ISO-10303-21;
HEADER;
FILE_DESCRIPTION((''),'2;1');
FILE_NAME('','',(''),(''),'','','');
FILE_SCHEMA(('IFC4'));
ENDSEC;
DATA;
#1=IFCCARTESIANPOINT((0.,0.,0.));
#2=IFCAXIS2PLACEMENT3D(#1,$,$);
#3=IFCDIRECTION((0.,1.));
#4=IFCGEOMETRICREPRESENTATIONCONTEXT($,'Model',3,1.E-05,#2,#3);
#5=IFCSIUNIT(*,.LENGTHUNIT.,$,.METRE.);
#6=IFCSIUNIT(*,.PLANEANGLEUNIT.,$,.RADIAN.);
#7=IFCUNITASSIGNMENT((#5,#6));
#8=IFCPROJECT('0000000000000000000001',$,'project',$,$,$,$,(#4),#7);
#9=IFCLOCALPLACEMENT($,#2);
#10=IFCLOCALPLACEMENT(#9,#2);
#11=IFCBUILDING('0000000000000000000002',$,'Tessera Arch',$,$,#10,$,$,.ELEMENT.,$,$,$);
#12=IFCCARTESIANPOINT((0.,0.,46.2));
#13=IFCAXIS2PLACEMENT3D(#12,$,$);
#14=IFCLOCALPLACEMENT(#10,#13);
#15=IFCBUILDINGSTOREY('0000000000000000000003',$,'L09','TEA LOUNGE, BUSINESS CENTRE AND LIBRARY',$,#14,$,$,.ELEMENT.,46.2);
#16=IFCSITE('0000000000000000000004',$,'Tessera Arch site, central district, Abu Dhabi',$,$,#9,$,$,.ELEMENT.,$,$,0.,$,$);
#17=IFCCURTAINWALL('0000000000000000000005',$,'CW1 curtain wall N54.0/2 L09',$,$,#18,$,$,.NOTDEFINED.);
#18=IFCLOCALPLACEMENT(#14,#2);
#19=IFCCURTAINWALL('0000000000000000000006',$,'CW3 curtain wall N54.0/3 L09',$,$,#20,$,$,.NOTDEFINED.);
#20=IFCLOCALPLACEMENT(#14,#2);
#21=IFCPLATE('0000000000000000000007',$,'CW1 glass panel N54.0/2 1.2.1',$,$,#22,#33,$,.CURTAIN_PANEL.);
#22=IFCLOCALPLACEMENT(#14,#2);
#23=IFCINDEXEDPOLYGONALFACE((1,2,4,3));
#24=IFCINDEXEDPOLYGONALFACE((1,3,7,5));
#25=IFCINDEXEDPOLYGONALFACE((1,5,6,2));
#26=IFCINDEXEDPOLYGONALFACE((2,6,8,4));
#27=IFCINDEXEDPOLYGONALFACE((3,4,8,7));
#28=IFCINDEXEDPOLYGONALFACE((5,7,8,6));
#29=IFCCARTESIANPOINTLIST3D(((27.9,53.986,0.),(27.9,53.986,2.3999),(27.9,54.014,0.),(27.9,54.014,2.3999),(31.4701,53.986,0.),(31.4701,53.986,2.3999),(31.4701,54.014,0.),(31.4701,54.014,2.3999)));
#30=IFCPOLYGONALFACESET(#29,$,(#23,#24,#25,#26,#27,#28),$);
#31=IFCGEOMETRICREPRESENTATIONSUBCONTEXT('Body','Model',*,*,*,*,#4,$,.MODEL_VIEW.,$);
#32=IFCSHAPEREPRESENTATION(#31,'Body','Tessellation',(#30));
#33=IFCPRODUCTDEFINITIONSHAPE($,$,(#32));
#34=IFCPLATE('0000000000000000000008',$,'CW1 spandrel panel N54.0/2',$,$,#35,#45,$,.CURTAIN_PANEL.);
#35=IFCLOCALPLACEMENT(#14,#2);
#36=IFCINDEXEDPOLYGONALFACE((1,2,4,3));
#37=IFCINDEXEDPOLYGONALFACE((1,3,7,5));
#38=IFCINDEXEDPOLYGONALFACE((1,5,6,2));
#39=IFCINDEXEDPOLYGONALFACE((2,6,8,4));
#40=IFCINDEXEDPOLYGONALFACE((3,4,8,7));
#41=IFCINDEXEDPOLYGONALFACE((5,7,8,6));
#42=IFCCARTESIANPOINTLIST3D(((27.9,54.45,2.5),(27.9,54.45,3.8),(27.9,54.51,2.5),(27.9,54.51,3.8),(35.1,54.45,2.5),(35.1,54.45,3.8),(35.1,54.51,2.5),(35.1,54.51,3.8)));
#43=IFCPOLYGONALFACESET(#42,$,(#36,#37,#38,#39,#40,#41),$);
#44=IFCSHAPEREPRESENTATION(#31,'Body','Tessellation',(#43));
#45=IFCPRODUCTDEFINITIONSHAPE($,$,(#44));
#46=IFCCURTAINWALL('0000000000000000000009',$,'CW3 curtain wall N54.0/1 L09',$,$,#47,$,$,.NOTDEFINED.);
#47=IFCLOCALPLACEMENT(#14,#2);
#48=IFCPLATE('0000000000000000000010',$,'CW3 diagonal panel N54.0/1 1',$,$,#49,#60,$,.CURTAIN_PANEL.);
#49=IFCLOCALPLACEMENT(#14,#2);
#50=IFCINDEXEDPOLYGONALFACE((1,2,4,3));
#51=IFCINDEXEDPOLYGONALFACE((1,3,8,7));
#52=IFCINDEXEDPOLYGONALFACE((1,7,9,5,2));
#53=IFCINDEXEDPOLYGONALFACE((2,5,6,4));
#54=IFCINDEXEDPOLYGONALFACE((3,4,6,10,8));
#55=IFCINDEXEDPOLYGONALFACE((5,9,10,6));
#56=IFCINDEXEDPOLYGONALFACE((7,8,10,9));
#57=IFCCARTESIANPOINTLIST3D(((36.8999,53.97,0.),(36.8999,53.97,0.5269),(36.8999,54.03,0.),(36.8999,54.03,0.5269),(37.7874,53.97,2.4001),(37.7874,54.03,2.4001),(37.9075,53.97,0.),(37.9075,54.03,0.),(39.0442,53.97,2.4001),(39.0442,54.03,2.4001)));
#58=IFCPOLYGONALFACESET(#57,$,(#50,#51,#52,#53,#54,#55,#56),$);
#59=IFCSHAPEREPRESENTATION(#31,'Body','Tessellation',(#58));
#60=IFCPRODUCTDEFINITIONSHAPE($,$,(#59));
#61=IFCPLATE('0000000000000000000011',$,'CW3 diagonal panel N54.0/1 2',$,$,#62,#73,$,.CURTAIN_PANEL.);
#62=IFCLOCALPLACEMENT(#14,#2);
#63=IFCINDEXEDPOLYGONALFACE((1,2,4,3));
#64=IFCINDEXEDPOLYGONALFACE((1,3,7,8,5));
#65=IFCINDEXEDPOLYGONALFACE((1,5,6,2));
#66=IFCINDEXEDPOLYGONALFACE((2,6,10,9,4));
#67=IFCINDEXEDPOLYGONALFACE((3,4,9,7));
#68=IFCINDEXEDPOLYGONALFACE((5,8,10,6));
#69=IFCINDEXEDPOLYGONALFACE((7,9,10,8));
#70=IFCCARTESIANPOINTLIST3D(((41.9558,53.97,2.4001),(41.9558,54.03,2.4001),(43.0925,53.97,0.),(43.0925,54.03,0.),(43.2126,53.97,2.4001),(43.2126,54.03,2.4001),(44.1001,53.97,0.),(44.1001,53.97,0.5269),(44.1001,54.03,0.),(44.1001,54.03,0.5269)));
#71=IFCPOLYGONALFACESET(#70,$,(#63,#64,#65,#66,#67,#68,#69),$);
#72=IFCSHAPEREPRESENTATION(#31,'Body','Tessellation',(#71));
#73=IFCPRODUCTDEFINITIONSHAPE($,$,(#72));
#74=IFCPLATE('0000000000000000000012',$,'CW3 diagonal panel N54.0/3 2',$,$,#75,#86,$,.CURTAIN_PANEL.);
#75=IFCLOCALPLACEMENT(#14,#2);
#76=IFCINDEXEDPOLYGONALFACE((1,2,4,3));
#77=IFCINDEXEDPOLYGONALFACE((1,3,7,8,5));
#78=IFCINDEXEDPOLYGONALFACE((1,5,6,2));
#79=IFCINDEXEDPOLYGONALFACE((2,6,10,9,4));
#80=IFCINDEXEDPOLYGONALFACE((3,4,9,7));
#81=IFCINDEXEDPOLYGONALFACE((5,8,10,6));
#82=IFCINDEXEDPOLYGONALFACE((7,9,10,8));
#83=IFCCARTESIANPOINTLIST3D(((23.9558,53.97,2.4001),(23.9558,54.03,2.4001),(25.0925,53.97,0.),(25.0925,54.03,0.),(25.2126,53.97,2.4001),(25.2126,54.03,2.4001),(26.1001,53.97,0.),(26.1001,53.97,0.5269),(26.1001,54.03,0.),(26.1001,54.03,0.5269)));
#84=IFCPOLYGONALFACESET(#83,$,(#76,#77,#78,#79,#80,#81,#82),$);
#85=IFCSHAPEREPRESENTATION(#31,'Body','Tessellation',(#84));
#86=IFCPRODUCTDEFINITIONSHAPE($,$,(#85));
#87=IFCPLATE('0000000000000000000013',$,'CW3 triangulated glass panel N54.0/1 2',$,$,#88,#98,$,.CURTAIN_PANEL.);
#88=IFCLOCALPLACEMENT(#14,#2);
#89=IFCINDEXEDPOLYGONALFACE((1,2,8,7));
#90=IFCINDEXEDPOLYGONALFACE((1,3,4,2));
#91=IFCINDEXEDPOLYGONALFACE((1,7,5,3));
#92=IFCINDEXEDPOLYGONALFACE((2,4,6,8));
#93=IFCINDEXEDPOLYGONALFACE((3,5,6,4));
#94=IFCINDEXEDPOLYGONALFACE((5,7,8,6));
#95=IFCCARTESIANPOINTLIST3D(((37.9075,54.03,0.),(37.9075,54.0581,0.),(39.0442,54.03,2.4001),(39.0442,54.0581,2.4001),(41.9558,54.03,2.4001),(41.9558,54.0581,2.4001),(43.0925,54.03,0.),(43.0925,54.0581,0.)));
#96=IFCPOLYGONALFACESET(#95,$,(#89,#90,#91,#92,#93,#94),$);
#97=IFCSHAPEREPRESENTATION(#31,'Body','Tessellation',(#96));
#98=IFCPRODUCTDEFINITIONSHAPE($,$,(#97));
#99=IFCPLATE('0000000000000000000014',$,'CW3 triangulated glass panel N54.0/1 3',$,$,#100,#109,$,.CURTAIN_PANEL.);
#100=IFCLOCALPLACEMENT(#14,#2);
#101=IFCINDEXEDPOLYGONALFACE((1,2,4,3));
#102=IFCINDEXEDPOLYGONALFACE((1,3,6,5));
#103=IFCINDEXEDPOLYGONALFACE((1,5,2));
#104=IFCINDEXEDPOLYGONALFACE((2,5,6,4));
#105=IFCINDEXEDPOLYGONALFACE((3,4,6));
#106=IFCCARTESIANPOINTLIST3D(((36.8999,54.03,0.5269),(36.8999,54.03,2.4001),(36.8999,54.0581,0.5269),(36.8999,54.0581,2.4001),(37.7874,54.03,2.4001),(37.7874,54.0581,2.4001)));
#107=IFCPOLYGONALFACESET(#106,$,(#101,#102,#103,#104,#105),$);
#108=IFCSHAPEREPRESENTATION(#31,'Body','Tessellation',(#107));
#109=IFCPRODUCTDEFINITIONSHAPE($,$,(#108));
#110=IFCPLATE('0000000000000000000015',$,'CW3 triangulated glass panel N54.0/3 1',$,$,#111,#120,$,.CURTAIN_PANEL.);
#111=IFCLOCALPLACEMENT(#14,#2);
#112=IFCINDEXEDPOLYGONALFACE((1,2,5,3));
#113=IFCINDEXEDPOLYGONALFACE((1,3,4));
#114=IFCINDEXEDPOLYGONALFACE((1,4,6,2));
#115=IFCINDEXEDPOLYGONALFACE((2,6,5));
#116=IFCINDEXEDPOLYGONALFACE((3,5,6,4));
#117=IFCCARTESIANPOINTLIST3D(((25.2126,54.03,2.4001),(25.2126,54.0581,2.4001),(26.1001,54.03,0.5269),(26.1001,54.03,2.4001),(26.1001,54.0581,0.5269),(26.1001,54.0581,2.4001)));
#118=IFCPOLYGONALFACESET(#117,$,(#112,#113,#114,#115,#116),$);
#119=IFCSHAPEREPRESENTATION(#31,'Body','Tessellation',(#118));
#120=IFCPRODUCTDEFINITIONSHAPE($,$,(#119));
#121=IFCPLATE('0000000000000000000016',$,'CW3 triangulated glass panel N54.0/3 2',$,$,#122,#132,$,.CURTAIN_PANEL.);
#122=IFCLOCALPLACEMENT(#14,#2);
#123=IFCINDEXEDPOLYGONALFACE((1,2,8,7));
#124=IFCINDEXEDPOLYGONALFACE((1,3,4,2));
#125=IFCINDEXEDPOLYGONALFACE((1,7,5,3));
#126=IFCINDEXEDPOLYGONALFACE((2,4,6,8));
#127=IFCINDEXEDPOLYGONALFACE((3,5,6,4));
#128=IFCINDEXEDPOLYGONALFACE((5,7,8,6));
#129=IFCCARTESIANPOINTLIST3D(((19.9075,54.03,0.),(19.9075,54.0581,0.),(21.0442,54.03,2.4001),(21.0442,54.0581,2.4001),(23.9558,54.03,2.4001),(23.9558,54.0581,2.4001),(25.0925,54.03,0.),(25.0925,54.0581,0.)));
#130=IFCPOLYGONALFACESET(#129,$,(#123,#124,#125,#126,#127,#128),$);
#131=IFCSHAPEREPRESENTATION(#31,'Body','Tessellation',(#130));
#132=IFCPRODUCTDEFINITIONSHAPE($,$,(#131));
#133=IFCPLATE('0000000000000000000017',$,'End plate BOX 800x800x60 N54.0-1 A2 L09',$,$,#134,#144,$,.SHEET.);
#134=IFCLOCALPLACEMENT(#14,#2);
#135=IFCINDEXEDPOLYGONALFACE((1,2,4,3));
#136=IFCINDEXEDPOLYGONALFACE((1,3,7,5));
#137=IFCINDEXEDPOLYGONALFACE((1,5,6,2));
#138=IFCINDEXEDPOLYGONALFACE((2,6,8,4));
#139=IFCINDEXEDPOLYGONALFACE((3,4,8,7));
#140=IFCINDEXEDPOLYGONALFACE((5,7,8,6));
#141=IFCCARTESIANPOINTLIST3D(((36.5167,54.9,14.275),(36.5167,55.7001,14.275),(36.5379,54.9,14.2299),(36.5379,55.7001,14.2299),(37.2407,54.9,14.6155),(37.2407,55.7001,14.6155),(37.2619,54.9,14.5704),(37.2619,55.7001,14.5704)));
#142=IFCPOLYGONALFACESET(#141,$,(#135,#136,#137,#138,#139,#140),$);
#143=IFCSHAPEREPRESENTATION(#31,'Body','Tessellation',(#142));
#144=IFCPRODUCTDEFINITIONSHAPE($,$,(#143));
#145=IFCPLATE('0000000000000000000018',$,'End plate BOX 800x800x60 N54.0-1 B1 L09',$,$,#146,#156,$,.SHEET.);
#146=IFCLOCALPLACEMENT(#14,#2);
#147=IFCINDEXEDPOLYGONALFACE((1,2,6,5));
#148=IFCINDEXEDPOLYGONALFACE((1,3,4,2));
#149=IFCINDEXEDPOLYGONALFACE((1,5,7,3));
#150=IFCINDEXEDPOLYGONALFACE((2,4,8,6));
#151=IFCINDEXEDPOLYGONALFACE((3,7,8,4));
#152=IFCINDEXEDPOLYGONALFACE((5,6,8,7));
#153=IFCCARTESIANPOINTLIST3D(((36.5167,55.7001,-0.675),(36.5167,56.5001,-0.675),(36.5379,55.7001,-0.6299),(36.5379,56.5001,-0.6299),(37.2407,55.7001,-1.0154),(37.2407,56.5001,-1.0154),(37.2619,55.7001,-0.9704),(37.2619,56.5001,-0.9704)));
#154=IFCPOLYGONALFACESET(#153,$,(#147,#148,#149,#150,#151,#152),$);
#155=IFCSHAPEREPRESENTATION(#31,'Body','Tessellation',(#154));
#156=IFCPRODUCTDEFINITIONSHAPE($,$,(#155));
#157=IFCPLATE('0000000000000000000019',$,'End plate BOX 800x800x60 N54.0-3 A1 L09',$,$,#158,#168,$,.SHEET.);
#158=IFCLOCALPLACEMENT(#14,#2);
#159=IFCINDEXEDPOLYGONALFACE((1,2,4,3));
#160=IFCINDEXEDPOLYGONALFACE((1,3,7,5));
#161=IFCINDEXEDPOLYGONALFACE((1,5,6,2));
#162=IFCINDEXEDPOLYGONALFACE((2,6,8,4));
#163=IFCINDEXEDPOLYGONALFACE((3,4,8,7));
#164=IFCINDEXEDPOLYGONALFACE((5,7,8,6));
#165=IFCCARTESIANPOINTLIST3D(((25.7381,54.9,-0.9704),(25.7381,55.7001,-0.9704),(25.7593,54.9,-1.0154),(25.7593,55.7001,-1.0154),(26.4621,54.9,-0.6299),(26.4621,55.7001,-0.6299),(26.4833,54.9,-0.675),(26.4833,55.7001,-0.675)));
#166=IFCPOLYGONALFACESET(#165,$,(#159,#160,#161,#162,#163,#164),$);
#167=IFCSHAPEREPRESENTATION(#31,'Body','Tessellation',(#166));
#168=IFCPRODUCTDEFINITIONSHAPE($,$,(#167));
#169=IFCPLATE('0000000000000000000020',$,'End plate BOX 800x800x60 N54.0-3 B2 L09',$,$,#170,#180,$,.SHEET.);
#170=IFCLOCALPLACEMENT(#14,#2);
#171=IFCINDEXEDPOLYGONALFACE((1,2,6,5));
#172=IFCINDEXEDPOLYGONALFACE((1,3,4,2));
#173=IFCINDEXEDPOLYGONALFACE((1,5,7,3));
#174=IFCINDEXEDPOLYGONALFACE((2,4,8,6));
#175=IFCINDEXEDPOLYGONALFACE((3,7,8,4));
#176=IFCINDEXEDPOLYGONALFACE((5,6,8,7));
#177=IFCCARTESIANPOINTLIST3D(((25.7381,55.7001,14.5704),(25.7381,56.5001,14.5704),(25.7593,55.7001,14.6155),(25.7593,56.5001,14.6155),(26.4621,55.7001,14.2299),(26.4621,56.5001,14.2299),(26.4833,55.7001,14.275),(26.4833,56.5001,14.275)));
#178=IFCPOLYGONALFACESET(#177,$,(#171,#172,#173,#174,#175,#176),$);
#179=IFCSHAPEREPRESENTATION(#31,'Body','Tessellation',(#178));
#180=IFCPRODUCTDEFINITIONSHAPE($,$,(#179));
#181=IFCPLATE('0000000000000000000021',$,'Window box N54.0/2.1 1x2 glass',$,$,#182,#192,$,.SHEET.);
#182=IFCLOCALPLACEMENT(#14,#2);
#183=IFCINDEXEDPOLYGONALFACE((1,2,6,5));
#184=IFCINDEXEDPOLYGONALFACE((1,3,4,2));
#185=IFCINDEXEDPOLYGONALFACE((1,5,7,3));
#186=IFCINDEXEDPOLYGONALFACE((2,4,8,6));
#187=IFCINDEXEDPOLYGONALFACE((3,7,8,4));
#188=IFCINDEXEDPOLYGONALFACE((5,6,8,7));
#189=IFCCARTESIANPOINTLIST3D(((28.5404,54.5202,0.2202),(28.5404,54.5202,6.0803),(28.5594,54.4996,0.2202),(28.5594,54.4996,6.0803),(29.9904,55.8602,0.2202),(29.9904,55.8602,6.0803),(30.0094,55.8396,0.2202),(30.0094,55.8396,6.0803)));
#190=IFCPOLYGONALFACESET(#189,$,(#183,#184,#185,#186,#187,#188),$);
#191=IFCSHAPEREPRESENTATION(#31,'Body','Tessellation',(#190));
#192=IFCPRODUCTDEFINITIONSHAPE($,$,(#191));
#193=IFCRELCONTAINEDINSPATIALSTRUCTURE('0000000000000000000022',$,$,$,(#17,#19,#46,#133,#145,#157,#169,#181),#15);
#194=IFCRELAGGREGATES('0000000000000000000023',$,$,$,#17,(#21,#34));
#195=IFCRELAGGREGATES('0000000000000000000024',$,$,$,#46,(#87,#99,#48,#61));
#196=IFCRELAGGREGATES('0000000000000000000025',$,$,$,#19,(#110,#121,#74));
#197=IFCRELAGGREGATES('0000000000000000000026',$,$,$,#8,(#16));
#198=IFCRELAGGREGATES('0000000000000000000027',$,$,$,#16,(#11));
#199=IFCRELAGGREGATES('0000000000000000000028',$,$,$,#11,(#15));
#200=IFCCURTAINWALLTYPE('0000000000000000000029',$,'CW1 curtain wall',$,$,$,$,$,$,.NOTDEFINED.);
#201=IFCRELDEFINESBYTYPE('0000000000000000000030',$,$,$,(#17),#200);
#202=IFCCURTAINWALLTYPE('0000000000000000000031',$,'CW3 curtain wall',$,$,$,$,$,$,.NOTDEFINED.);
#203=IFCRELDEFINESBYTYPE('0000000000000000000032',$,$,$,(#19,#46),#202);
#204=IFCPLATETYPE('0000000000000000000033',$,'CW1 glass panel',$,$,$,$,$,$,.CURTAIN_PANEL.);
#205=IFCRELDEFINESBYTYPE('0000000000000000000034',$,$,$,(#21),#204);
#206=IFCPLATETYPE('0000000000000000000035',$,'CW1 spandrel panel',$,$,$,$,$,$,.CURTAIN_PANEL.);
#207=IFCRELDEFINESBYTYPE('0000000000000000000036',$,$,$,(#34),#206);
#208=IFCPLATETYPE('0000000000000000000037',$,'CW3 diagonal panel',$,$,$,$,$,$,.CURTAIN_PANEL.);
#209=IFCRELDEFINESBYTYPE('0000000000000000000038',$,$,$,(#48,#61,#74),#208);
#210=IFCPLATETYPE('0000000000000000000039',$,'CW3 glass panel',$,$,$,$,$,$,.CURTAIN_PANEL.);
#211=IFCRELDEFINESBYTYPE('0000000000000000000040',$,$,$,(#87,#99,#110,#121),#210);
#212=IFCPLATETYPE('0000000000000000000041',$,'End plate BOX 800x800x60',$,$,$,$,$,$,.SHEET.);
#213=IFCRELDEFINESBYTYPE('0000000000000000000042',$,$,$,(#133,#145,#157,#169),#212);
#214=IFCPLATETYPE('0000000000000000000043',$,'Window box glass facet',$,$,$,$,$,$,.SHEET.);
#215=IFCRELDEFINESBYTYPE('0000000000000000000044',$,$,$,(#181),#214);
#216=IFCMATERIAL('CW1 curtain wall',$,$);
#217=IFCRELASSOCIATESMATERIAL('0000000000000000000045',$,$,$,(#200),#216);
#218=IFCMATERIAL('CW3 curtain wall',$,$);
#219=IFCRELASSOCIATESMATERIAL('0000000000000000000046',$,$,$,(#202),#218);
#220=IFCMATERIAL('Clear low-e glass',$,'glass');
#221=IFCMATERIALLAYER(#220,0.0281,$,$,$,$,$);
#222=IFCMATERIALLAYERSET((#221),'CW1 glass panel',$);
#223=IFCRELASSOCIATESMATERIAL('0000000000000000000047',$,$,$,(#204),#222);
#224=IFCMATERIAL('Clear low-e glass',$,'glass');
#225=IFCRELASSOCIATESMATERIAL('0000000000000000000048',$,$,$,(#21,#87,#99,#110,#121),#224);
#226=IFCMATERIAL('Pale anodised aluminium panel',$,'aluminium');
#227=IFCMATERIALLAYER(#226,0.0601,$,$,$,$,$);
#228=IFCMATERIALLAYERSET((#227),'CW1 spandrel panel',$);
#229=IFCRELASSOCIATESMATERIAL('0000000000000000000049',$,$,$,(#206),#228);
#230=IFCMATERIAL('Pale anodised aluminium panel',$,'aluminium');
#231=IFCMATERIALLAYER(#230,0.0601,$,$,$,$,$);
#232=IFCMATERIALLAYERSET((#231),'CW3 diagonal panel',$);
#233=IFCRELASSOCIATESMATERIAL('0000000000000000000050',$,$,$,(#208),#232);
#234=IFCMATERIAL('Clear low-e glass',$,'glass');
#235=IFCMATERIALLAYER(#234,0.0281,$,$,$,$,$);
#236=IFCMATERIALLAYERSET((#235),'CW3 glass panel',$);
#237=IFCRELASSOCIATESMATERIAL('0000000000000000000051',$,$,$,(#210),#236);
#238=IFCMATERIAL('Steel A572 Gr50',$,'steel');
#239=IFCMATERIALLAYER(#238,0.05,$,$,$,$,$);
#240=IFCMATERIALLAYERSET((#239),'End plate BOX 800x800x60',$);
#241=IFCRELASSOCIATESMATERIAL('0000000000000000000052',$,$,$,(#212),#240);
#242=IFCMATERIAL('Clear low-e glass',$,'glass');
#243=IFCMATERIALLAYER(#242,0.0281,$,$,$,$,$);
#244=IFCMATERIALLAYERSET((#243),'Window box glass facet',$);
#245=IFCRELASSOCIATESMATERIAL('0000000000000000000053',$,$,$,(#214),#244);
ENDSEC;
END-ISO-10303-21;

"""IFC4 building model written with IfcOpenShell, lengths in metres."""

from ifc_helpers import new_model, si_unit, direction, frame, origin, origin_2d, place, context, subcontext, project, spatial, polyline, rectangle, outline, extrude, material, layer, layer_set, type_object, element, aggregate, save


model = new_model("IFC4")

# Units and contexts
model_context = context("Model", 3, precision=1e-05, world=origin(), true_north=direction((0.0, 1.0)))
body_context = subcontext(model_context, "Body", "Model", "MODEL_VIEW")
ifc_project = project(units=[si_unit("LENGTHUNIT", "METRE"), si_unit("PLANEANGLEUNIT", "RADIAN")], contexts=[model_context])

# Site, building, storey
site_placement = place(None, origin())
site = spatial("IfcSite", under=ifc_project, at=site_placement, Name="Tessera Arch site, central district, Abu Dhabi", CompositionType="ELEMENT", RefElevation=0.0)
building_placement = place(site_placement, origin())
building = spatial("IfcBuilding", under=site, at=building_placement, Name="Tessera Arch", CompositionType="ELEMENT")
storey_placement = place(building_placement, frame((0.0, 0.0, 46.2)))
storey = spatial("IfcBuildingStorey", under=building, at=storey_placement, Name="L09", Description="TEA LOUNGE, BUSINESS CENTRE AND LIBRARY", CompositionType="ELEMENT", Elevation=46.2)

# Curtain wall
ifc_material_1 = material(Name="CW1 curtain wall")
curtain_wall_type_1 = type_object("IfcCurtainWallType", Name="CW1 curtain wall", PredefinedType="NOTDEFINED", material=ifc_material_1)
curtain_wall_1_placement = place(storey_placement, origin())
curtain_wall_1 = element("IfcCurtainWall", 1, at=curtain_wall_1_placement, inside=storey, type_object=curtain_wall_type_1, Name="CW1 curtain wall N54.0/2 L09", PredefinedType="NOTDEFINED")

# Curtain wall
ifc_material_2 = material(Name="CW3 curtain wall")
curtain_wall_type_2 = type_object("IfcCurtainWallType", Name="CW3 curtain wall", PredefinedType="NOTDEFINED", material=ifc_material_2)
curtain_wall_2_placement = place(storey_placement, origin())
curtain_wall_2 = element("IfcCurtainWall", 2, at=curtain_wall_2_placement, inside=storey, type_object=curtain_wall_type_2, Name="CW3 curtain wall N54.0/3 L09", PredefinedType="NOTDEFINED")

# Plates
ifc_material_3 = material(Name="Clear low-e glass", Category="glass")
ifc_material_4 = material(Name="Clear low-e glass", Category="glass")
ifc_layer_1 = layer(ifc_material_4, 0.0281)
ifc_layer_set_1 = layer_set([ifc_layer_1], Name="CW1 glass panel")
plate_type_1 = type_object("IfcPlateType", Name="CW1 glass panel", PredefinedType="CURTAIN_PANEL", material=ifc_layer_set_1)
plate_1_placement = place(storey_placement, frame((29.6851, 54.0, 0.0), z_axis=(0.0, 0.0, 1.0), x_axis=(-1.0, 0.0, 0.0)))
plate_1 = element("IfcPlate", 3, at=plate_1_placement, type_object=plate_type_1, material=ifc_material_3, Name="CW1 glass panel N54.0/2 1.2.1", PredefinedType="CURTAIN_PANEL", context=body_context, shape_type="SweptSolid", body=[
    extrude(rectangle(XDim=3.5701, YDim=0.0281, at=origin_2d()), origin(), (0.0, 0.0, 1.0), 2.3999),
])
ifc_material_5 = material(Name="Pale anodised aluminium panel", Category="aluminium")
ifc_layer_2 = layer(ifc_material_5, 0.0601)
ifc_layer_set_2 = layer_set([ifc_layer_2], Name="CW1 spandrel panel")
plate_type_2 = type_object("IfcPlateType", Name="CW1 spandrel panel", PredefinedType="CURTAIN_PANEL", material=ifc_layer_set_2)
plate_2_placement = place(storey_placement, frame((31.5, 54.48, 2.5), z_axis=(0.0, 0.0, 1.0), x_axis=(-1.0, 0.0, 0.0)))
plate_2 = element("IfcPlate", 4, at=plate_2_placement, type_object=plate_type_2, Name="CW1 spandrel panel N54.0/2", PredefinedType="CURTAIN_PANEL", context=body_context, shape_type="SweptSolid", body=[
    extrude(rectangle(XDim=7.2, YDim=0.0601, at=origin_2d()), origin(), (0.0, 0.0, 1.0), 1.3),
])
aggregate(curtain_wall_1, [plate_1, plate_2])

# Curtain wall, plates
curtain_wall_3_placement = place(storey_placement, origin())
curtain_wall_3 = element("IfcCurtainWall", 5, at=curtain_wall_3_placement, inside=storey, type_object=curtain_wall_type_2, Name="CW3 curtain wall N54.0/1 L09", PredefinedType="NOTDEFINED")
ifc_material_6 = material(Name="Pale anodised aluminium panel", Category="aluminium")
ifc_layer_3 = layer(ifc_material_6, 0.0601)
ifc_layer_set_3 = layer_set([ifc_layer_3], Name="CW3 diagonal panel")
plate_type_3 = type_object("IfcPlateType", Name="CW3 diagonal panel", PredefinedType="CURTAIN_PANEL", material=ifc_layer_set_3)
plate_3_placement = place(storey_placement, frame((36.8999, 54.03, 0.0), z_axis=(0.0, 1.0, 0.0), x_axis=(0.0, 0.0, 1.0)))
plate_3 = element("IfcPlate", 6, at=plate_3_placement, type_object=plate_type_3, Name="CW3 diagonal panel N54.0/1 1", PredefinedType="CURTAIN_PANEL", context=body_context, shape_type="SweptSolid", body=[
    extrude(outline(polyline([(0.0, 0.0), (0.5269, 0.0), (2.4001, 0.8875), (2.4001, 2.1443), (0.0, 1.0076), (0.0, 0.0)])), origin(), (0.0, 0.0, -1.0), 0.0601),
])
plate_4_placement = place(storey_placement, frame((41.9558, 54.03, 2.4001), z_axis=(0.0, 1.0, 0.0), x_axis=(1.0, 0.0, 0.0)))
plate_4 = element("IfcPlate", 7, at=plate_4_placement, type_object=plate_type_3, Name="CW3 diagonal panel N54.0/1 2", PredefinedType="CURTAIN_PANEL", context=body_context, shape_type="SweptSolid", body=[
    extrude(outline(polyline([(0.0, 0.0), (1.2568, 0.0), (2.1443, 1.8733), (2.1443, 2.4001), (1.1367, 2.4001), (0.0, 0.0)])), origin(), (0.0, 0.0, -1.0), 0.0601),
])

# Plates
plate_5_placement = place(storey_placement, frame((23.9558, 54.03, 2.4001), z_axis=(0.0, 1.0, 0.0), x_axis=(1.0, 0.0, 0.0)))
plate_5 = element("IfcPlate", 8, at=plate_5_placement, type_object=plate_type_3, Name="CW3 diagonal panel N54.0/3 2", PredefinedType="CURTAIN_PANEL", context=body_context, shape_type="SweptSolid", body=[
    extrude(outline(polyline([(0.0, 0.0), (1.2568, 0.0), (2.1443, 1.8733), (2.1443, 2.4001), (1.1367, 2.4001), (0.0, 0.0)])), origin(), (0.0, 0.0, -1.0), 0.0601),
])
ifc_material_7 = material(Name="Clear low-e glass", Category="glass")
ifc_layer_4 = layer(ifc_material_7, 0.0281)
ifc_layer_set_4 = layer_set([ifc_layer_4], Name="CW3 glass panel")
plate_type_4 = type_object("IfcPlateType", Name="CW3 glass panel", PredefinedType="CURTAIN_PANEL", material=ifc_layer_set_4)
plate_6_placement = place(storey_placement, frame((39.0442, 54.0581, 2.4001), z_axis=(0.0, 1.0, 0.0), x_axis=(1.0, 0.0, 0.0)))
plate_6 = element("IfcPlate", 9, at=plate_6_placement, type_object=plate_type_4, material=ifc_material_3, Name="CW3 triangulated glass panel N54.0/1 2", PredefinedType="CURTAIN_PANEL", context=body_context, shape_type="SweptSolid", body=[
    extrude(outline(polyline([(0.0, 0.0), (2.9116, 0.0), (4.0483, 2.4001), (-1.1367, 2.4001), (0.0, 0.0)])), origin(), (0.0, 0.0, -1.0), 0.0281),
])
plate_7_placement = place(storey_placement, frame((36.8999, 54.0581, 2.4001), z_axis=(0.0, 1.0, 0.0), x_axis=(1.0, 0.0, 0.0)))
plate_7 = element("IfcPlate", 10, at=plate_7_placement, type_object=plate_type_4, material=ifc_material_3, Name="CW3 triangulated glass panel N54.0/1 3", PredefinedType="CURTAIN_PANEL", context=body_context, shape_type="SweptSolid", body=[
    extrude(outline(polyline([(0.0, 0.0), (0.8875, 0.0), (0.0, 1.8733), (0.0, 0.0)])), origin(), (0.0, 0.0, -1.0), 0.0281),
])
aggregate(curtain_wall_3, [plate_6, plate_7, plate_3, plate_4])
plate_8_placement = place(storey_placement, frame((26.1001, 54.0581, 2.4001), z_axis=(0.0, 1.0, 0.0), x_axis=(0.0, 0.0, -1.0)))
plate_8 = element("IfcPlate", 11, at=plate_8_placement, type_object=plate_type_4, material=ifc_material_3, Name="CW3 triangulated glass panel N54.0/3 1", PredefinedType="CURTAIN_PANEL", context=body_context, shape_type="SweptSolid", body=[
    extrude(outline(polyline([(0.0, 0.0), (1.8733, 0.0), (0.0, 0.8875), (0.0, 0.0)])), origin(), (0.0, 0.0, -1.0), 0.0281),
])
plate_9_placement = place(storey_placement, frame((21.0442, 54.0581, 2.4001), z_axis=(0.0, 1.0, 0.0), x_axis=(1.0, 0.0, 0.0)))
plate_9 = element("IfcPlate", 12, at=plate_9_placement, type_object=plate_type_4, material=ifc_material_3, Name="CW3 triangulated glass panel N54.0/3 2", PredefinedType="CURTAIN_PANEL", context=body_context, shape_type="SweptSolid", body=[
    extrude(outline(polyline([(0.0, 0.0), (2.9116, 0.0), (4.0483, 2.4001), (-1.1367, 2.4001), (0.0, 0.0)])), origin(), (0.0, 0.0, -1.0), 0.0281),
])
aggregate(curtain_wall_2, [plate_8, plate_9, plate_5])

# Plates
ifc_material_8 = material(Name="Steel A572 Gr50", Category="steel")
ifc_layer_5 = layer(ifc_material_8, 0.05)
ifc_layer_set_5 = layer_set([ifc_layer_5], Name="End plate BOX 800x800x60")
plate_type_5 = type_object("IfcPlateType", Name="End plate BOX 800x800x60", PredefinedType="SHEET", material=ifc_layer_set_5)
for number, where, z_axis, x_axis, name in (
    (13, (36.8999, 55.3, 14.4001), (-0.425561, 0.0, 0.90493), (0.0, -1.0, 0.0), "End plate BOX 800x800x60 N54.0-1 A2 L09"),
    (14, (36.8787, 56.1001, -0.8452), (0.425561, 0.0, 0.90493), (0.0, 1.0, 0.0), "End plate BOX 800x800x60 N54.0-1 B1 L09"),
    (15, (26.1213, 55.3, -0.8452), (-0.425561, 0.0, 0.90493), (0.0, -1.0, 0.0), "End plate BOX 800x800x60 N54.0-3 A1 L09"),
    (16, (26.1001, 56.1001, 14.4001), (0.425561, 0.0, 0.90493), (0.0, 1.0, 0.0), "End plate BOX 800x800x60 N54.0-3 B2 L09"),
):
    element("IfcPlate", number, at=place(storey_placement, frame(where, z_axis=z_axis, x_axis=x_axis)), inside=storey, type_object=plate_type_5, Name=name, PredefinedType="SHEET", context=body_context, shape_type="SweptSolid", body=[
        extrude(rectangle(XDim=0.8, YDim=0.8, at=origin_2d()), origin(), (0.0, 0.0, 1.0), 0.0498),
    ])
ifc_material_9 = material(Name="Clear low-e glass", Category="glass")
ifc_layer_6 = layer(ifc_material_9, 0.0281)
ifc_layer_set_6 = layer_set([ifc_layer_6], Name="Window box glass facet")
plate_type_6 = type_object("IfcPlateType", Name="Window box glass facet", PredefinedType="SHEET", material=ifc_layer_set_6)
plate_10_placement = place(storey_placement, frame((29.2749, 55.1799, 0.2202), z_axis=(0.0, 0.0, 1.0), x_axis=(0.734415, 0.678701, 0.0)))
element("IfcPlate", 17, at=plate_10_placement, inside=storey, type_object=plate_type_6, Name="Window box N54.0/2.1 1x2 glass", PredefinedType="SHEET", context=body_context, shape_type="SweptSolid", body=[
    extrude(rectangle(XDim=1.9744, YDim=0.0281, at=origin_2d()), origin(), (0.0, 0.0, 1.0), 5.8601),
])

save(model, "model.ifc")
